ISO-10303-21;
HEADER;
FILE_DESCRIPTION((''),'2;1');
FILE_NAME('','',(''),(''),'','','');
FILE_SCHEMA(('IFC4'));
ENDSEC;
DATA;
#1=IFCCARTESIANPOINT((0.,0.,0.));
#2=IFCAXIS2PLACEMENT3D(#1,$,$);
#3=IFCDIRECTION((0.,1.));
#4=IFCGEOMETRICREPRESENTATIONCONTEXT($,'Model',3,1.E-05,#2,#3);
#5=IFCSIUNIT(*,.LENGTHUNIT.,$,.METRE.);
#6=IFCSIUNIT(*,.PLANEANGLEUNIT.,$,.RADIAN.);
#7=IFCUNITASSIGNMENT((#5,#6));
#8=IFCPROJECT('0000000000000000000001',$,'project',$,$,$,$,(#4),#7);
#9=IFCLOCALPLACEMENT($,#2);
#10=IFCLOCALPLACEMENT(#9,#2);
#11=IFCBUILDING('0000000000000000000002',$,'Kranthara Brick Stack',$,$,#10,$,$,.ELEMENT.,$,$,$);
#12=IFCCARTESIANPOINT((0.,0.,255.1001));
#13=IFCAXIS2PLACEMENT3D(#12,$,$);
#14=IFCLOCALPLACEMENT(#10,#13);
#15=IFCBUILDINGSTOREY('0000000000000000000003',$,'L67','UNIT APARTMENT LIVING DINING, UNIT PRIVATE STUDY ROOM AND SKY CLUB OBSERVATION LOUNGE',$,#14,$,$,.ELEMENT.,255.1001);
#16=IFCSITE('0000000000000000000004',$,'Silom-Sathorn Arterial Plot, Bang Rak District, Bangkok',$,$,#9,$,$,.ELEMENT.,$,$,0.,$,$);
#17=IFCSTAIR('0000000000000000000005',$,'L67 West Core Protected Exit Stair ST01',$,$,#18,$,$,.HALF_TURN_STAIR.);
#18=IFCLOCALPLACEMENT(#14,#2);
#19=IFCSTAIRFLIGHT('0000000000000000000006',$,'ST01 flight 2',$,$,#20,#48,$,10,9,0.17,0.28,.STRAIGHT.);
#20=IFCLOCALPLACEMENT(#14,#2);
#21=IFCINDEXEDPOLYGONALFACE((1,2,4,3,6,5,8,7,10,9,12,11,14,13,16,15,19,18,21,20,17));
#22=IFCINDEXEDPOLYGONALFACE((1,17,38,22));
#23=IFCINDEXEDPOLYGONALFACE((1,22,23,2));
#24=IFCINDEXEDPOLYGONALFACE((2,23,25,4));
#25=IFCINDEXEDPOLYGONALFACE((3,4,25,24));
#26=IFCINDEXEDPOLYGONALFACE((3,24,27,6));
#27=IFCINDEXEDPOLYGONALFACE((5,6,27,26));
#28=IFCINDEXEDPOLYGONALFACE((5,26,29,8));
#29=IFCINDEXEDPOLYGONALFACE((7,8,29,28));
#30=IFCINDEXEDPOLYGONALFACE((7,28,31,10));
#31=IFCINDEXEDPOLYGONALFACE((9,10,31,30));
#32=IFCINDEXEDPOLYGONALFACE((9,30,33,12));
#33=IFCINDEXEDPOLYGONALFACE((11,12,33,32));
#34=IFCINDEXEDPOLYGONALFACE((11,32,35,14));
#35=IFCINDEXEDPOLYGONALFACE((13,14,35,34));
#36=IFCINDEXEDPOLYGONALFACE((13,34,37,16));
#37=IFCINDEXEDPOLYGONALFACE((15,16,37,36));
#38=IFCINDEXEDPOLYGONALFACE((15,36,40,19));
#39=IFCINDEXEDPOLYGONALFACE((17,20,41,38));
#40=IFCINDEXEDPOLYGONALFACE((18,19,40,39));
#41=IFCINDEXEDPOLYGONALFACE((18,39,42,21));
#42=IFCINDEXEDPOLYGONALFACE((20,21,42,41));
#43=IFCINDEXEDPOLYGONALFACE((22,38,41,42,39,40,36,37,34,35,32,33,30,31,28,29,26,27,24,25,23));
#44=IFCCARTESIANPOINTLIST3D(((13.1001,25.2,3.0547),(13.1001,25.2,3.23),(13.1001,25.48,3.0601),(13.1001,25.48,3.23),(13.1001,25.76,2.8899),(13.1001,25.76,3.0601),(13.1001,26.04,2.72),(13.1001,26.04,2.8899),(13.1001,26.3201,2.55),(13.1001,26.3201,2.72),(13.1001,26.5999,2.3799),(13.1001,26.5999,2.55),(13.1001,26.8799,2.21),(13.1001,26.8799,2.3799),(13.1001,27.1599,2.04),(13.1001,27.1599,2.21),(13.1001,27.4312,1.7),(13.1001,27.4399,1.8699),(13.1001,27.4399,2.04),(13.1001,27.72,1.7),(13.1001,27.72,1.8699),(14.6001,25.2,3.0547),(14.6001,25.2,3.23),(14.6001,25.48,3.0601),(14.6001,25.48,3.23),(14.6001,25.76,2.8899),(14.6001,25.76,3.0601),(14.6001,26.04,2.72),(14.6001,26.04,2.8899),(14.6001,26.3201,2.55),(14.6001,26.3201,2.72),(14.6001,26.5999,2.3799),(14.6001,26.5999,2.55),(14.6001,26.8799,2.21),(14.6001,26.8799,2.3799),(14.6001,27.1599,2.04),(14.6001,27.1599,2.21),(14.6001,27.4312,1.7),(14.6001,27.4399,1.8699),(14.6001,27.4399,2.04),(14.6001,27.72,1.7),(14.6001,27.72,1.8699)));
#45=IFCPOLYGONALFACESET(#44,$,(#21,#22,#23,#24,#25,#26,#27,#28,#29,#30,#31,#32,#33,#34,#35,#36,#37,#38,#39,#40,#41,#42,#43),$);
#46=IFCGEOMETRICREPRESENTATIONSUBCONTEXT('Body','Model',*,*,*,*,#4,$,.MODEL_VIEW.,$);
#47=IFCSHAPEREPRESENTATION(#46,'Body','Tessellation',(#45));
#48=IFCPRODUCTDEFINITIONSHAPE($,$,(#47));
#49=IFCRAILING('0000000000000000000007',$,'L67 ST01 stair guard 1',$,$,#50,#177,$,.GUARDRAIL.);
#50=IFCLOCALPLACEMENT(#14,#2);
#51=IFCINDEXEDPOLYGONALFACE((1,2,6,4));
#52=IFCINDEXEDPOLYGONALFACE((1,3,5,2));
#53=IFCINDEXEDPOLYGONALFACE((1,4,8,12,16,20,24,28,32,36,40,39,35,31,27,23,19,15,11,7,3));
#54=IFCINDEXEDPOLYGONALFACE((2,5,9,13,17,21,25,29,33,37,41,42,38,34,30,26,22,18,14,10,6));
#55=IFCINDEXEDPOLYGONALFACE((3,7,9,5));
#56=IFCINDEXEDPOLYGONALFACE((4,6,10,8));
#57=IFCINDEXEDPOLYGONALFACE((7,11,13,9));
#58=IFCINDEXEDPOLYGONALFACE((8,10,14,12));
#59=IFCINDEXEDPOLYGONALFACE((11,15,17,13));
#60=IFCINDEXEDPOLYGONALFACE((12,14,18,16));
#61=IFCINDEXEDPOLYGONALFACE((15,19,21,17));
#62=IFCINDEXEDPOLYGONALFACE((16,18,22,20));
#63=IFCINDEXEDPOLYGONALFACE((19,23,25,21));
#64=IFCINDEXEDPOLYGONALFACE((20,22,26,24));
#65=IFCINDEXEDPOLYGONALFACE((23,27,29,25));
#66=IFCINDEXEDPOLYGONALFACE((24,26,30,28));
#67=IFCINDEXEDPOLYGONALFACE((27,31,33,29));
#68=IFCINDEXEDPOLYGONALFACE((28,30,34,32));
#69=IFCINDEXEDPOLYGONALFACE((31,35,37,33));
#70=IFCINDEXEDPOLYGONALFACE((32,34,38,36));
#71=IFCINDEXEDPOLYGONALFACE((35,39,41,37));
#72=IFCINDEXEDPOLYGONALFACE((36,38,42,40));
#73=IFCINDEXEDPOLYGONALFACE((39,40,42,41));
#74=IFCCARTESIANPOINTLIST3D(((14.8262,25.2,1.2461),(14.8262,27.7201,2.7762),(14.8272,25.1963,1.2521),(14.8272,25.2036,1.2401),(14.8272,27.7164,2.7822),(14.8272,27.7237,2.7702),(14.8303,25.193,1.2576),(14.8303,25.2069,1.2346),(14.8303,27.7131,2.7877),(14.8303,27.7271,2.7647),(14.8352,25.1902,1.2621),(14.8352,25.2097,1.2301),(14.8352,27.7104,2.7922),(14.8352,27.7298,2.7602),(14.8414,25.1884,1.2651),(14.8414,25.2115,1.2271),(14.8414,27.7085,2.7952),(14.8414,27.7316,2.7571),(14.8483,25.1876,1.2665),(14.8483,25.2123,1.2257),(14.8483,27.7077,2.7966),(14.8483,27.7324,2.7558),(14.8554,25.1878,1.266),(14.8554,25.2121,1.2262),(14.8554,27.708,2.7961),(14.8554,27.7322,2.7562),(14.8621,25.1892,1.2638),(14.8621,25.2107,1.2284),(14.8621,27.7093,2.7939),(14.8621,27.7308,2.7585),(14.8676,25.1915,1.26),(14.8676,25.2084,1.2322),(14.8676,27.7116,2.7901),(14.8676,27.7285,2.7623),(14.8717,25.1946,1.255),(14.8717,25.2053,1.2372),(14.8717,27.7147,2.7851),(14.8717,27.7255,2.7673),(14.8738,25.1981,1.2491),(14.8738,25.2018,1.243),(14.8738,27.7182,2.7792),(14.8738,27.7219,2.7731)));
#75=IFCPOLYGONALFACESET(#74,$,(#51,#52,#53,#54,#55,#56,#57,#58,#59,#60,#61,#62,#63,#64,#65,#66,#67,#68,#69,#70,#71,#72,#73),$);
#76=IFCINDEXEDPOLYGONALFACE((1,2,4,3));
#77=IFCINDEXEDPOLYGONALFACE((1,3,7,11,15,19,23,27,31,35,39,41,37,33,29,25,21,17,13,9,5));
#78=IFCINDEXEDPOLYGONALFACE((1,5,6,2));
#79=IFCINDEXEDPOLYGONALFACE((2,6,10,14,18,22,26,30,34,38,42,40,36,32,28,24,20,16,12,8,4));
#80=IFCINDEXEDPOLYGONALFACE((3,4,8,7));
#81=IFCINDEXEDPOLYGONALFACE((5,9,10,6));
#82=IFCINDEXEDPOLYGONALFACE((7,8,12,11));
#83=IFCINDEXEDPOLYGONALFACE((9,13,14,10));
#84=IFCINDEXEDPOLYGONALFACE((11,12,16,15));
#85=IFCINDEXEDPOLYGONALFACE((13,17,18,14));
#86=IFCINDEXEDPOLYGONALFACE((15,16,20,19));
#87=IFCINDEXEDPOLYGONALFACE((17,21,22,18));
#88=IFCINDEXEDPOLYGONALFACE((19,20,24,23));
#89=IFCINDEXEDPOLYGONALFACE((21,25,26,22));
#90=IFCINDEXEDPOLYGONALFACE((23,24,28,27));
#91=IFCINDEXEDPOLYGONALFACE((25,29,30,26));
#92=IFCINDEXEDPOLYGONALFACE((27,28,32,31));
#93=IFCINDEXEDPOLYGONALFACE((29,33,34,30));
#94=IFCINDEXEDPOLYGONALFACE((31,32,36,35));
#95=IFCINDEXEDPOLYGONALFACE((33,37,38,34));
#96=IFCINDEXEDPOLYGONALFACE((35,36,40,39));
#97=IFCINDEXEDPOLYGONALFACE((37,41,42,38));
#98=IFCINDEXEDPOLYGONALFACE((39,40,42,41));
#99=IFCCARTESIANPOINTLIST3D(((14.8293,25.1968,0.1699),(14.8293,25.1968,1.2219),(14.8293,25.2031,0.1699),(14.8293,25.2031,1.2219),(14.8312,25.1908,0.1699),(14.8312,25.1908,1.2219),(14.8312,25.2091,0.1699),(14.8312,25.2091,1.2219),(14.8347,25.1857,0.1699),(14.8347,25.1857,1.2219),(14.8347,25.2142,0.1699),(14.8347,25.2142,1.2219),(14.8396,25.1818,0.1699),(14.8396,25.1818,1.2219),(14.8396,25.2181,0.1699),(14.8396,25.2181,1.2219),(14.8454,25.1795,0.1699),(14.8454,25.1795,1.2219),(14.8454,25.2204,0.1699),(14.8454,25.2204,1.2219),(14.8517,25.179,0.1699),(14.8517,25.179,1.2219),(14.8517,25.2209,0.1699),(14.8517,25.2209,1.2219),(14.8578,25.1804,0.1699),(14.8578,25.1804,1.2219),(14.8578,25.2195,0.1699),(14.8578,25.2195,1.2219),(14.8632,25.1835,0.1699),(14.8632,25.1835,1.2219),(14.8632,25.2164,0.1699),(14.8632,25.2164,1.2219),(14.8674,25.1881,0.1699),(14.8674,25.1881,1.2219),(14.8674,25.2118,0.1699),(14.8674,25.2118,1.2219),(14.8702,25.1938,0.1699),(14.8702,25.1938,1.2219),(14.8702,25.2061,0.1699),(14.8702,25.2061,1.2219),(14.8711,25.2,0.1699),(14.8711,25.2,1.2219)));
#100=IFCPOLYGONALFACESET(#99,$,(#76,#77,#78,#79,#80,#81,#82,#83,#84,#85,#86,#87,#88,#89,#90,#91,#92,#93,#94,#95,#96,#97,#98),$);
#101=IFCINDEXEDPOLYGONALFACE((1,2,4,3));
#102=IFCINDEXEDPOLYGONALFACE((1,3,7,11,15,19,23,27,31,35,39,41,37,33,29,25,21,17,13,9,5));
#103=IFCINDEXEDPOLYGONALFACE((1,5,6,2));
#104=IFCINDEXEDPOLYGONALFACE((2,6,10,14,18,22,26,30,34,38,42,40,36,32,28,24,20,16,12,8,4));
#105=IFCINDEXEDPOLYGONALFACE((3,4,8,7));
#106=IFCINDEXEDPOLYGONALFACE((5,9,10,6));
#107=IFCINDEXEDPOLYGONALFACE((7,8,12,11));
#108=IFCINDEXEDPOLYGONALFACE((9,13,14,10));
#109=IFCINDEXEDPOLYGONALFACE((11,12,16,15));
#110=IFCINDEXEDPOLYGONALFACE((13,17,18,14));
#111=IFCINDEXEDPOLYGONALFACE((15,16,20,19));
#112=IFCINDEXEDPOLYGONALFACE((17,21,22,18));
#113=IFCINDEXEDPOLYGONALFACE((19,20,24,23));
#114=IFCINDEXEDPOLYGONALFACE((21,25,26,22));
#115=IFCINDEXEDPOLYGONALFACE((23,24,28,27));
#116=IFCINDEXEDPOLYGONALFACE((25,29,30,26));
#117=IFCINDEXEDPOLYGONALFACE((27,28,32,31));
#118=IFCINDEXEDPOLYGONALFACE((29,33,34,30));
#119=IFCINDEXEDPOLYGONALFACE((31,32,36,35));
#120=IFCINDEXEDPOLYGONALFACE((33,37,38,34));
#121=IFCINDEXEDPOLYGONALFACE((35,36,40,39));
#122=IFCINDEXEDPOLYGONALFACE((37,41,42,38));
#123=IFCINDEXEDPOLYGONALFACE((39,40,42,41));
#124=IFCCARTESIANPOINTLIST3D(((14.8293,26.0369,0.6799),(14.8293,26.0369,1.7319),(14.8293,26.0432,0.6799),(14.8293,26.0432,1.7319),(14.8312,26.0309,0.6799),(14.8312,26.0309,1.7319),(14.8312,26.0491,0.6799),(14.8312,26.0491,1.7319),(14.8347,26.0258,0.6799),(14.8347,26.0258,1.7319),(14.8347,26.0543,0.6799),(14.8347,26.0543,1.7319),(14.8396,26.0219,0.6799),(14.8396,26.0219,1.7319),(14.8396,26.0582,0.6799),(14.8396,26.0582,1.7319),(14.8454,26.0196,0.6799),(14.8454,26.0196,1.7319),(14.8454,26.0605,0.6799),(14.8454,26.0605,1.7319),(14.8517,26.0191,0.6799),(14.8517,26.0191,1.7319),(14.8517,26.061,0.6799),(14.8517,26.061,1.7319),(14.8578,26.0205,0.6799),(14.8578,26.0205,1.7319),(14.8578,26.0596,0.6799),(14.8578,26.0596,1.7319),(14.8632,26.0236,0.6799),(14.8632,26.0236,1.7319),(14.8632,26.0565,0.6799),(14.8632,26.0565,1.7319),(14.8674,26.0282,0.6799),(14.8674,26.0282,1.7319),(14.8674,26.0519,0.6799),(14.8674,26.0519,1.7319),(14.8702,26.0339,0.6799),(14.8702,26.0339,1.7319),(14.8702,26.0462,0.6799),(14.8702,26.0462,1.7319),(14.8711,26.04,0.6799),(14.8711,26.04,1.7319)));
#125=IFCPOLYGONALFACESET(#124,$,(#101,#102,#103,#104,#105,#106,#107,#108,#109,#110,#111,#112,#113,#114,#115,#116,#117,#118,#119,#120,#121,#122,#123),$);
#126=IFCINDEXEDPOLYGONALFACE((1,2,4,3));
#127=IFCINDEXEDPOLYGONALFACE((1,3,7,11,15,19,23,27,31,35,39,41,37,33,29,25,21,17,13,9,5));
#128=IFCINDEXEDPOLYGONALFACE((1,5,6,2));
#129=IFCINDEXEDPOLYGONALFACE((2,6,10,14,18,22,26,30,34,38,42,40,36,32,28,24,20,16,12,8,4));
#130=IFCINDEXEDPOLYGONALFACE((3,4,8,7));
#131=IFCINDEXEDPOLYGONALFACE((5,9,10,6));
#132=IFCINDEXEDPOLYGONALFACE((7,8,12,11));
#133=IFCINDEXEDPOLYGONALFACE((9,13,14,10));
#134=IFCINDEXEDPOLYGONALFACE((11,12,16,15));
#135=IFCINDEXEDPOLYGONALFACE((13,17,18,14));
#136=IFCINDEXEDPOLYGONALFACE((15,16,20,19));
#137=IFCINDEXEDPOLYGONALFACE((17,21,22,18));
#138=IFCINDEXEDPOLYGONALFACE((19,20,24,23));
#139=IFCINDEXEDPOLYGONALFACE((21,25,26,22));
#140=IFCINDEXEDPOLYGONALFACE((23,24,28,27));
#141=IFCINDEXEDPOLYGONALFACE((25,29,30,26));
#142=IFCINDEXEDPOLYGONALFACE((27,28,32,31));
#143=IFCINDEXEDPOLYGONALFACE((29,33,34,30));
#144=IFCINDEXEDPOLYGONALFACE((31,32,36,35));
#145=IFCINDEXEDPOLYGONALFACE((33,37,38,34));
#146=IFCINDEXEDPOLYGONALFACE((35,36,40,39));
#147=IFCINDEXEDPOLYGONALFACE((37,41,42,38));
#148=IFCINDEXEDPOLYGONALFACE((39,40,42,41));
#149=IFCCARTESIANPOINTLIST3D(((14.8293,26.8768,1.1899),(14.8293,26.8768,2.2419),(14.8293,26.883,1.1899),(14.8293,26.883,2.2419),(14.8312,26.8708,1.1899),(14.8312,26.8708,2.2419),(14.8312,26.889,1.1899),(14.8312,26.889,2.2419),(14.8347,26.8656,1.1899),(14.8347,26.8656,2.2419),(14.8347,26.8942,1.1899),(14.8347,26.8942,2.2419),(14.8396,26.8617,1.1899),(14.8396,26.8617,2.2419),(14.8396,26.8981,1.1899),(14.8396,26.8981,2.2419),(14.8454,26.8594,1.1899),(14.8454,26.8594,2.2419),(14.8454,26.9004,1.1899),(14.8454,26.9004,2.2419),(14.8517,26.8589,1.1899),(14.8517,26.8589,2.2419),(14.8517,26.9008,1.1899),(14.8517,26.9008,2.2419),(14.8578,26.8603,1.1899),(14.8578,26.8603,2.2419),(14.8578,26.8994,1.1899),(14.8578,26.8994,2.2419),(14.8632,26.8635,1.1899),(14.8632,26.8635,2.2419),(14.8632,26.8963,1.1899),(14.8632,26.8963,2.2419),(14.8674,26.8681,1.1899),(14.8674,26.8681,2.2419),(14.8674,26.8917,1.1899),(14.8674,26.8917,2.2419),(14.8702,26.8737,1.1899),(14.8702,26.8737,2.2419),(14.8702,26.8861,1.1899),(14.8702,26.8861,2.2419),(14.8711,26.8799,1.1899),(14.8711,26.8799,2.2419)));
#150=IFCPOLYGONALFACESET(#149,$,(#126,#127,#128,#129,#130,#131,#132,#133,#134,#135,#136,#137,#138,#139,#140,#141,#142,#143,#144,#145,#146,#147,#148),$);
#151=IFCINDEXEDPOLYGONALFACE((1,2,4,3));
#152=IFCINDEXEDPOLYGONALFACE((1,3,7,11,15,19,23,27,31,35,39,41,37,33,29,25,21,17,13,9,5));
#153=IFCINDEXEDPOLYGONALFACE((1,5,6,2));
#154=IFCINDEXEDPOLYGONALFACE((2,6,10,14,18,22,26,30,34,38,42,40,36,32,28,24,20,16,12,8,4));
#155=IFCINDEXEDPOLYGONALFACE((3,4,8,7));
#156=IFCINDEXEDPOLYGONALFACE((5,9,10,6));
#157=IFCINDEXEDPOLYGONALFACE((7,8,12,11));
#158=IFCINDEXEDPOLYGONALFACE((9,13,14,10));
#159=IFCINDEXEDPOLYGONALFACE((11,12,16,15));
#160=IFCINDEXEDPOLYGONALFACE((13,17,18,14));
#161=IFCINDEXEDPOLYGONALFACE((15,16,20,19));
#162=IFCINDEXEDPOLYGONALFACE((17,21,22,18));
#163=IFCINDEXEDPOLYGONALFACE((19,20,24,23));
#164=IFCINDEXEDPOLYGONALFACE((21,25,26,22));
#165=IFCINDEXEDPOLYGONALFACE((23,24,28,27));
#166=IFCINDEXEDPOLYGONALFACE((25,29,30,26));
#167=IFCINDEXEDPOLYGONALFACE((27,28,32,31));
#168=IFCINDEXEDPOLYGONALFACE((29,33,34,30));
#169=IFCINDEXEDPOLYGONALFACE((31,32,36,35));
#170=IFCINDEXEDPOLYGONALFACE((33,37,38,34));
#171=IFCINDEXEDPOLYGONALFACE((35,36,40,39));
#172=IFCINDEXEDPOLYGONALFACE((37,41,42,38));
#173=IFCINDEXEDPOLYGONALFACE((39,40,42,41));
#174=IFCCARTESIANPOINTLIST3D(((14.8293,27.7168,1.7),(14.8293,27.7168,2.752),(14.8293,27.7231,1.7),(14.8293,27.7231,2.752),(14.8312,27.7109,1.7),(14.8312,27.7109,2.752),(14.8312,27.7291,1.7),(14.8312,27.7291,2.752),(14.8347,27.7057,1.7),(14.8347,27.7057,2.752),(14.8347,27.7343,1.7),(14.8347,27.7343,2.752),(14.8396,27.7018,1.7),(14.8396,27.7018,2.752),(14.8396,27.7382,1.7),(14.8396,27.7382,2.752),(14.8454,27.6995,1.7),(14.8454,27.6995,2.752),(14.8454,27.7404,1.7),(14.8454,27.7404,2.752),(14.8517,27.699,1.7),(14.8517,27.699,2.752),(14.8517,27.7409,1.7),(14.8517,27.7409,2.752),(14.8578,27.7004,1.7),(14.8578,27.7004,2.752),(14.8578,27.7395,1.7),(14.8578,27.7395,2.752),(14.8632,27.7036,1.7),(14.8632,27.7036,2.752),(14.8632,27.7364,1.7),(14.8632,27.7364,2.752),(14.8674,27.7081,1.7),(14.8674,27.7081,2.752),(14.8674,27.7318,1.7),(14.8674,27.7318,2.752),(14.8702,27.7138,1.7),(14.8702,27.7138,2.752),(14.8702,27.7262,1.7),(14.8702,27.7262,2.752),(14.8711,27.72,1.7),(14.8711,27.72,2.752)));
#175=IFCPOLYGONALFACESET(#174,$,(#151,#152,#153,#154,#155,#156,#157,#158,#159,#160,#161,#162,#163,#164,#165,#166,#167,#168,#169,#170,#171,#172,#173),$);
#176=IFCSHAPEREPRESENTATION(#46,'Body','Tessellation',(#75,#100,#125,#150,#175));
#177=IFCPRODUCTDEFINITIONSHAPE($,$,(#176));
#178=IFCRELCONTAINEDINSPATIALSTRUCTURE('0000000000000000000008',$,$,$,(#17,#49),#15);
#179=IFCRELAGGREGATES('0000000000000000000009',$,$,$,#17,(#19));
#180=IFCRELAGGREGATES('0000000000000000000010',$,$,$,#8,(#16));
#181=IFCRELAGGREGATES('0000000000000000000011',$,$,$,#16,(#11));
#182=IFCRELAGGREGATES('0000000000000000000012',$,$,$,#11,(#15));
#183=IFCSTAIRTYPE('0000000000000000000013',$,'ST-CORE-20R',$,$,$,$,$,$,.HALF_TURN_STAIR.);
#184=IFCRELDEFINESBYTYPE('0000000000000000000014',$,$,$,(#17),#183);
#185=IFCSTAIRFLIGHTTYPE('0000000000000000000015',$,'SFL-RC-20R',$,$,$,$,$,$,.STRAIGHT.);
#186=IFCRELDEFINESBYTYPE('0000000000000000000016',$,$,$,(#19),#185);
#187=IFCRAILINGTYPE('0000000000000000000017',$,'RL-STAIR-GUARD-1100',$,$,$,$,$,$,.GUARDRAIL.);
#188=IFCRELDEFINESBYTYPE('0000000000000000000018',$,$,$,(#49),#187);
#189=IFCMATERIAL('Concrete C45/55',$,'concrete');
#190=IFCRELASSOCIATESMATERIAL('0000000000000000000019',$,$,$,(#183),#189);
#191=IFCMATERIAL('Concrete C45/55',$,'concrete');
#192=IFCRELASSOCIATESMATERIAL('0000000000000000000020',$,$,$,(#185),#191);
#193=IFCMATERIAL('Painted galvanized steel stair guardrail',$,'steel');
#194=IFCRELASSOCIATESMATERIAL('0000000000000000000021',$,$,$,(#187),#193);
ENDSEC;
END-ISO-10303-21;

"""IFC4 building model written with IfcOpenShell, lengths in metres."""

from ifc_helpers import new_model, si_unit, direction, frame, origin, origin_2d, place, context, subcontext, project, spatial, polyline, circle, outline, extrude, material, type_object, element, aggregate, save


model = new_model("IFC4")

# Units and contexts
model_context = context("Model", 3, precision=1e-05, world=origin(), true_north=direction((0.0, 1.0)))
body_context = subcontext(model_context, "Body", "Model", "MODEL_VIEW")
ifc_project = project(units=[si_unit("LENGTHUNIT", "METRE"), si_unit("PLANEANGLEUNIT", "RADIAN")], contexts=[model_context])

# Site, building, storey
site_placement = place(None, origin())
site = spatial("IfcSite", under=ifc_project, at=site_placement, Name="Silom-Sathorn Arterial Plot, Bang Rak District, Bangkok", CompositionType="ELEMENT", RefElevation=0.0)
building_placement = place(site_placement, origin())
building = spatial("IfcBuilding", under=site, at=building_placement, Name="Kranthara Brick Stack", CompositionType="ELEMENT")
storey_placement = place(building_placement, frame((0.0, 0.0, 255.1001)))
storey = spatial("IfcBuildingStorey", under=building, at=storey_placement, Name="L67", Description="UNIT APARTMENT LIVING DINING, UNIT PRIVATE STUDY ROOM AND SKY CLUB OBSERVATION LOUNGE", CompositionType="ELEMENT", Elevation=255.1001)

# Stair, stair flight
ifc_material_1 = material(Name="Concrete C45/55", Category="concrete")
stair_type = type_object("IfcStairType", Name="ST-CORE-20R", PredefinedType="HALF_TURN_STAIR", material=ifc_material_1)
stair_placement = place(storey_placement, origin())
stair = element("IfcStair", 1, at=stair_placement, inside=storey, type_object=stair_type, Name="L67 West Core Protected Exit Stair ST01", PredefinedType="HALF_TURN_STAIR")
ifc_material_2 = material(Name="Concrete C45/55", Category="concrete")
stair_flight_type = type_object("IfcStairFlightType", Name="SFL-RC-20R", PredefinedType="STRAIGHT", material=ifc_material_2)
stair_flight_1_placement = place(storey_placement, frame((13.8501, 27.72, 1.7), z_axis=(0.0, 0.0, 1.0), x_axis=(0.0, -1.0, 0.0)))
stair_flight_1 = element("IfcStairFlight", 2, at=stair_flight_1_placement, type_object=stair_flight_type, Name="ST01 flight 2", NumberOfRisers=10, NumberOfTreads=9, PredefinedType="STRAIGHT", RiserHeight=0.17, TreadLength=0.28, context=body_context, shape_type="SweptSolid", body=[
    extrude(outline(polyline([(0.0, 0.0), (0.0, 0.1699), (0.28, 0.1699), (0.28, 0.3401), (0.5601, 0.3401), (0.5601, 0.51), (0.8401, 0.51), (0.8401, 0.6799), (1.1201, 0.6799), (1.1201, 0.8501), (1.3999, 0.8501), (1.3999, 1.02), (1.6799, 1.02), (1.6799, 1.1899), (1.96, 1.1899), (1.96, 1.3601), (2.24, 1.3601), (2.24, 1.53), (2.52, 1.53), (2.52, 1.7), (2.52, 1.3547), (0.2888, 0.0), (0.0, 0.0)])), frame((0.0, 0.75, 0.0), z_axis=(0.0, -1.0, 0.0), x_axis=(1.0, 0.0, 0.0)), (0.0, 0.0, 1.0), 1.5),
])
aggregate(stair, [stair_flight_1])

# Railing
ifc_material_3 = material(Name="Painted galvanized steel stair guardrail", Category="steel")
railing_type_1 = type_object("IfcRailingType", Name="RL-STAIR-GUARD-1100", PredefinedType="GUARDRAIL", material=ifc_material_3)
railing_1_placement = place(storey_placement, frame((14.8501, 25.2, 0.1699)))
element("IfcRailing", 3, at=railing_1_placement, inside=storey, type_object=railing_type_1, Name="L67 ST01 stair guard 1", PredefinedType="GUARDRAIL", context=body_context, shape_type="SweptSolid", body=[
    extrude(circle(Radius=0.0239, at=origin_2d()), frame((0.0, 0.0, 1.0762), z_axis=(0.0, 0.854785, 0.518982), x_axis=(-1.0, 0.0, 0.0)), (0.0, 0.0, 1.0), 2.9482),
    extrude(circle(Radius=0.021, at=origin_2d()), origin(), (0.0, 0.0, 1.0), 1.052),
    extrude(circle(Radius=0.021, at=origin_2d()), frame((0.0, 0.8401, 0.51)), (0.0, 0.0, 1.0), 1.052),
    extrude(circle(Radius=0.021, at=origin_2d()), frame((0.0, 1.6799, 1.02)), (0.0, 0.0, 1.0), 1.052),
    extrude(circle(Radius=0.021, at=origin_2d()), frame((0.0, 2.52, 1.53)), (0.0, 0.0, 1.0), 1.052),
])

save(model, "model.ifc")
